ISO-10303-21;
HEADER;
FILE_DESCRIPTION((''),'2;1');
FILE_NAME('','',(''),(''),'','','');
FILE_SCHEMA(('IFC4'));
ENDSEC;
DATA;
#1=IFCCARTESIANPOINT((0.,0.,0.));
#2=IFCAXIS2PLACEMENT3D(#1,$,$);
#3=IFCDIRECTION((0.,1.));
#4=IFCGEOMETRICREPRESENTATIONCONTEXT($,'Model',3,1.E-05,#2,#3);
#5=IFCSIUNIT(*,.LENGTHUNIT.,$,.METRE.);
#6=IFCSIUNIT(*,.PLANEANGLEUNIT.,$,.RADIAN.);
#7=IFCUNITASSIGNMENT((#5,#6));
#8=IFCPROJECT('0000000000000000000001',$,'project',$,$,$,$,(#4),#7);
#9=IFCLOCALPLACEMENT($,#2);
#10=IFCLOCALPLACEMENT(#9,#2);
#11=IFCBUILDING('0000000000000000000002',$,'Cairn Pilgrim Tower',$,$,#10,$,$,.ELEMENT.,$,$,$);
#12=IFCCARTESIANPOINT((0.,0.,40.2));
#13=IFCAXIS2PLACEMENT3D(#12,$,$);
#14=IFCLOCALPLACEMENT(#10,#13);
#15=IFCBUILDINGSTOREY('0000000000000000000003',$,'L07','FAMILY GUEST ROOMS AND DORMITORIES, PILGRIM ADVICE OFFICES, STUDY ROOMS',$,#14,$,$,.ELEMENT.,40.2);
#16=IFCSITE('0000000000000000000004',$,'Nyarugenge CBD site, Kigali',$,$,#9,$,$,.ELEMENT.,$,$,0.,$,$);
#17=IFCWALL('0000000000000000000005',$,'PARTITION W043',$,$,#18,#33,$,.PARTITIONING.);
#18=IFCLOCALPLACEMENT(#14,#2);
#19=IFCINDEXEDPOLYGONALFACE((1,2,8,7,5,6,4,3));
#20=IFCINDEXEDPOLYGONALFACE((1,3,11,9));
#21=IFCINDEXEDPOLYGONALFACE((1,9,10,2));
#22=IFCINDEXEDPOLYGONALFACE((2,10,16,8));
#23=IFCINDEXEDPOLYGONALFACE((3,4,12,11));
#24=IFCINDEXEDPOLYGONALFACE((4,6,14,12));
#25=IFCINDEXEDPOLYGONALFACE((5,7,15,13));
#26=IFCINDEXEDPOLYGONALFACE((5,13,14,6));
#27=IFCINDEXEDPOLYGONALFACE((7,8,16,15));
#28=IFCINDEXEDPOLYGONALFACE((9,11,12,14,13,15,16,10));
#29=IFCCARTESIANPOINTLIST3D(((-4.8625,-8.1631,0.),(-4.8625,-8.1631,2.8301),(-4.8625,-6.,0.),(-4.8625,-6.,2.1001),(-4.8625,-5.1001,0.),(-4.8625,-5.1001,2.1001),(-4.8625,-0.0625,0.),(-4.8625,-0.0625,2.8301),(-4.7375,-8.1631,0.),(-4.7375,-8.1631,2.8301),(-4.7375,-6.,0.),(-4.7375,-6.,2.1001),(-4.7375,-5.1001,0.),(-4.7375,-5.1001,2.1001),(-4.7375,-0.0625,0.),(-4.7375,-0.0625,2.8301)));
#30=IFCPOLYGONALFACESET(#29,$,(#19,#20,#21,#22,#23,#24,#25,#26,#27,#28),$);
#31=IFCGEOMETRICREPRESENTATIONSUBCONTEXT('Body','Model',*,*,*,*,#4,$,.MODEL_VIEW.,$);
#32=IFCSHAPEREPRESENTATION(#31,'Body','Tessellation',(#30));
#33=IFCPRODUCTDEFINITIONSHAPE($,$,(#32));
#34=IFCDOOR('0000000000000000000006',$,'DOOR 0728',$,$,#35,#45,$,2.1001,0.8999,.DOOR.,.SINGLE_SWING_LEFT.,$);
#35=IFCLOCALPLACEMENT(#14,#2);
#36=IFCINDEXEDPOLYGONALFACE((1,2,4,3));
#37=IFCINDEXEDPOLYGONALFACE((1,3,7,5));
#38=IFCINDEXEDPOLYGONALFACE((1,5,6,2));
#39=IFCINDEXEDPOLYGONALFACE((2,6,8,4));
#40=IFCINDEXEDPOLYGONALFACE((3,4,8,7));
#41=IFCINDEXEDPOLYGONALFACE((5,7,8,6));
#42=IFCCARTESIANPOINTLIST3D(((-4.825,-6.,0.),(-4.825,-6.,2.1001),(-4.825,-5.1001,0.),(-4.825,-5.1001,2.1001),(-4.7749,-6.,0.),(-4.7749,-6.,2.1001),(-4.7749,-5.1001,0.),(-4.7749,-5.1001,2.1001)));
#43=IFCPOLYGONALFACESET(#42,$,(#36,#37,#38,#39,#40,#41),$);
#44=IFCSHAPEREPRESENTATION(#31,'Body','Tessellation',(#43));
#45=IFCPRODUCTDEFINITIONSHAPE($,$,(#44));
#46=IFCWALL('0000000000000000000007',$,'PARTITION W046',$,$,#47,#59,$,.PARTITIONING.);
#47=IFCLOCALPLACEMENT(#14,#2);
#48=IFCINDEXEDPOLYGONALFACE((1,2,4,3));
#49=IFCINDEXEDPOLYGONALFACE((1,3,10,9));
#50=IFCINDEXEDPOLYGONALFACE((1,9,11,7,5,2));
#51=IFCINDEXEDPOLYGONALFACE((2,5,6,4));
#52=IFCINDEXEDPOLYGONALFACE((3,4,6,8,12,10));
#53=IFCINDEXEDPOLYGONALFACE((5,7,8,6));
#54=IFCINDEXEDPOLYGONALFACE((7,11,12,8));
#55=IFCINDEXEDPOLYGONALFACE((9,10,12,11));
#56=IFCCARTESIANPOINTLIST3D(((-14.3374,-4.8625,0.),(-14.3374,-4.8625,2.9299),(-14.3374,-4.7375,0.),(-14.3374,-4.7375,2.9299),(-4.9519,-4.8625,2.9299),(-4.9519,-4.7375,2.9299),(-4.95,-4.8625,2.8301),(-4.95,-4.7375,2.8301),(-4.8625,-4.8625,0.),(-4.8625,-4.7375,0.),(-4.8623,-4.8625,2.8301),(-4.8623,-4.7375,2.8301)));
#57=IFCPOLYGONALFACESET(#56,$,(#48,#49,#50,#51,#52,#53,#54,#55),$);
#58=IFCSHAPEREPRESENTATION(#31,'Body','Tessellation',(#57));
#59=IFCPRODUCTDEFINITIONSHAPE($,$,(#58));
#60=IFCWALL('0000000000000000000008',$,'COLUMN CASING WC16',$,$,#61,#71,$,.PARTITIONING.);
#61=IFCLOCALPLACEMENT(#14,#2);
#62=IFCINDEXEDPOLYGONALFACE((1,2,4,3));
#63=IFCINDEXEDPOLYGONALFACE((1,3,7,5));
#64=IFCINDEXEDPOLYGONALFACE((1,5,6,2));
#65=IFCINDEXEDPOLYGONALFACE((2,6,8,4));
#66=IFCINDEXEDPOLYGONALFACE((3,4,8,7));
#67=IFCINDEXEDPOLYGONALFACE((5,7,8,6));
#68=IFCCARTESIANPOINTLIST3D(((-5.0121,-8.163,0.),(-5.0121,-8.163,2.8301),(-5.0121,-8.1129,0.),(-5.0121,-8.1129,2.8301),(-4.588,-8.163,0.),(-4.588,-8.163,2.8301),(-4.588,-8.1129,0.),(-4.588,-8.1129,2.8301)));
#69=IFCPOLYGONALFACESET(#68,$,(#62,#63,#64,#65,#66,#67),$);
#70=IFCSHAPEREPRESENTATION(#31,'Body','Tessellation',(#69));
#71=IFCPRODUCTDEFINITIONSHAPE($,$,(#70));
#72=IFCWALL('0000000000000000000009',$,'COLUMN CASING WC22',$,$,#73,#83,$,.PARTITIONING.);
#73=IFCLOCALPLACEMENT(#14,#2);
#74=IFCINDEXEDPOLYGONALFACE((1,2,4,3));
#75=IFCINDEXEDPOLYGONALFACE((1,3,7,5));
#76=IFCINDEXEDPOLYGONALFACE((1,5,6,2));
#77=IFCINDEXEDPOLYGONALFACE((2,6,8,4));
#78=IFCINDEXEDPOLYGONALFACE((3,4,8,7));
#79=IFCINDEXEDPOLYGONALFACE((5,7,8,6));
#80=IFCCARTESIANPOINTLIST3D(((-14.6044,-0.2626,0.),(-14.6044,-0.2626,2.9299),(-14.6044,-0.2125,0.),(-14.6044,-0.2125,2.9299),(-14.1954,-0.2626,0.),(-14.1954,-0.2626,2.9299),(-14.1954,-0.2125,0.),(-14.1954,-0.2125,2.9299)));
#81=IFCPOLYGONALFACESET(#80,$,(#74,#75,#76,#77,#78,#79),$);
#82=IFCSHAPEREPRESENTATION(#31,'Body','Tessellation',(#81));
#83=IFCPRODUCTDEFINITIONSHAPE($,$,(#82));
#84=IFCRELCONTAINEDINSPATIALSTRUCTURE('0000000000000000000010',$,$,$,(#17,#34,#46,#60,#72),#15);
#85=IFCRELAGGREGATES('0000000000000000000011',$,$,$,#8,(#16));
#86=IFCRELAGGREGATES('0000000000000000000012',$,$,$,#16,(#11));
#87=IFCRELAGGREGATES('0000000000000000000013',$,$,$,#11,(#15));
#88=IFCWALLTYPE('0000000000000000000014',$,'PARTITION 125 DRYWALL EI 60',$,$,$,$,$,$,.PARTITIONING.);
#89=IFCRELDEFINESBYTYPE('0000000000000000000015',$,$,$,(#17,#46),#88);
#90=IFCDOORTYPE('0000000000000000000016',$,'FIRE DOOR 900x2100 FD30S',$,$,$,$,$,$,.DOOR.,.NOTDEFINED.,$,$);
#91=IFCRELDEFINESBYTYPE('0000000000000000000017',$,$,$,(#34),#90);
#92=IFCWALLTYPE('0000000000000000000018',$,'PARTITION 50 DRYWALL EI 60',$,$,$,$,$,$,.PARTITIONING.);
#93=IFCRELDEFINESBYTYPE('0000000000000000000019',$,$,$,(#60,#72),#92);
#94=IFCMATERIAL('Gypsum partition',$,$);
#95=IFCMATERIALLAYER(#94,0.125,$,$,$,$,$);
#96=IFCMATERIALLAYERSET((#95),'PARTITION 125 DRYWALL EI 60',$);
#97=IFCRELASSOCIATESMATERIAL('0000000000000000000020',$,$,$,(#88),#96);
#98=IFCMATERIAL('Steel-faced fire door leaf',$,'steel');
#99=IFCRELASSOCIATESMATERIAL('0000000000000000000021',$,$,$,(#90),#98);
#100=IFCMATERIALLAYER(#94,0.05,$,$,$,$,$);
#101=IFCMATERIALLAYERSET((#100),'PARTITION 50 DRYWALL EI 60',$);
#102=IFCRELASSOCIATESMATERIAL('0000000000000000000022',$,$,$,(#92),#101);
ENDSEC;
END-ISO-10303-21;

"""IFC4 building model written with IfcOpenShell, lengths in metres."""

from ifc_helpers import new_model, si_unit, direction, frame, frame_2d, origin, place, context, subcontext, project, spatial, polyline, rectangle, outline, extrude, material, layer, layer_set, type_object, element, fill, save


model = new_model("IFC4")

# Units and contexts
model_context = context("Model", 3, precision=1e-05, world=origin(), true_north=direction((0.0, 1.0)))
body_context = subcontext(model_context, "Body", "Model", "MODEL_VIEW")
ifc_project = project(units=[si_unit("LENGTHUNIT", "METRE"), si_unit("PLANEANGLEUNIT", "RADIAN")], contexts=[model_context])

# Site, building, storey
site_placement = place(None, origin())
site = spatial("IfcSite", under=ifc_project, at=site_placement, Name="Nyarugenge CBD site, Kigali", CompositionType="ELEMENT", RefElevation=0.0)
building_placement = place(site_placement, origin())
building = spatial("IfcBuilding", under=site, at=building_placement, Name="Cairn Pilgrim Tower", CompositionType="ELEMENT")
storey_placement = place(building_placement, frame((0.0, 0.0, 40.2)))
storey = spatial("IfcBuildingStorey", under=building, at=storey_placement, Name="L07", Description="FAMILY GUEST ROOMS AND DORMITORIES, PILGRIM ADVICE OFFICES, STUDY ROOMS", CompositionType="ELEMENT", Elevation=40.2)

# Wall, opening, door
ifc_material_1 = material(Name="Gypsum partition")
ifc_layer_1 = layer(ifc_material_1, 0.125)
ifc_layer_set_1 = layer_set([ifc_layer_1], Name="PARTITION 125 DRYWALL EI 60")
wall_type_1 = type_object("IfcWallType", Name="PARTITION 125 DRYWALL EI 60", PredefinedType="PARTITIONING", material=ifc_layer_set_1)
ifc_material_2 = material(Name="Steel-faced fire door leaf", Category="steel")
wall_1_placement = place(storey_placement, frame((-4.8, -8.1631, 0.0), z_axis=(0.0, 0.0, 1.0), x_axis=(0.0, 1.0, 0.0)))
wall_1 = element("IfcWall", 1, at=wall_1_placement, inside=storey, type_object=wall_type_1, Name="PARTITION W043", PredefinedType="PARTITIONING", context=body_context, shape_type="SweptSolid", body=[
    extrude(rectangle(XDim=8.1006, YDim=0.125, at=frame_2d((4.0503, 0.0))), origin(), (0.0, 0.0, 1.0), 2.8301),
])
opening_1_placement = place(wall_1_placement, frame((2.1631, 0.0, 0.0)))
opening_1 = element("IfcOpeningElement", 2, at=opening_1_placement, cuts=wall_1, PredefinedType="OPENING", context=body_context, shape_type="SweptSolid", body=[
    extrude(rectangle(XDim=0.8999, YDim=2.1001, at=frame_2d((0.45, 1.05))), frame((0.0, 0.0725, 0.0), z_axis=(0.0, -1.0, 0.0), x_axis=(1.0, 0.0, 0.0)), (0.0, 0.0, 1.0), 0.145),
])
door_type_1 = type_object("IfcDoorType", Name="FIRE DOOR 900x2100 FD30S", OperationType="NOTDEFINED", PredefinedType="DOOR", material=ifc_material_2)
door_1_placement = place(opening_1_placement, origin())
door_1 = element("IfcDoor", 3, at=door_1_placement, inside=storey, type_object=door_type_1, Name="DOOR 0728", OperationType="SINGLE_SWING_LEFT", OverallHeight=2.1001, OverallWidth=0.8999, PredefinedType="DOOR", context=body_context, shape_type="SweptSolid", body=[
    extrude(rectangle(XDim=0.8999, YDim=2.1001, at=frame_2d((0.45, 1.05))), frame((0.0, 0.0249, 0.0), z_axis=(0.0, -1.0, 0.0), x_axis=(1.0, 0.0, 0.0)), (0.0, 0.0, 1.0), 0.05),
])
fill(opening_1, door_1)

# Walls
wall_2_placement = place(storey_placement, frame((-14.3374, -4.8, 0.0), z_axis=(0.0, 0.0, 1.0), x_axis=(1.0, 0.0, 0.0)))
element("IfcWall", 4, at=wall_2_placement, inside=storey, type_object=wall_type_1, Name="PARTITION W046", PredefinedType="PARTITIONING", context=body_context, shape_type="SweptSolid", body=[
    extrude(outline(polyline([(0.0, 0.0), (9.4749, 0.0), (9.4751, 2.8301), (9.3875, 2.8301), (9.3855, 2.9299), (0.0, 2.9299), (0.0, 0.0)])), frame((0.0, 0.0625, 0.0), z_axis=(0.0, -1.0, 0.0), x_axis=(1.0, 0.0, 0.0)), (0.0, 0.0, 1.0), 0.125),
])
ifc_layer_2 = layer(ifc_material_1, 0.05)
ifc_layer_set_2 = layer_set([ifc_layer_2], Name="PARTITION 50 DRYWALL EI 60")
wall_type_2 = type_object("IfcWallType", Name="PARTITION 50 DRYWALL EI 60", PredefinedType="PARTITIONING", material=ifc_layer_set_2)
wall_3_placement = place(storey_placement, frame((-5.012, -8.1379, 0.0), z_axis=(0.0, 0.0, 1.0), x_axis=(1.0, 0.0, 0.0)))
element("IfcWall", 5, at=wall_3_placement, inside=storey, type_object=wall_type_2, Name="COLUMN CASING WC16", PredefinedType="PARTITIONING", context=body_context, shape_type="SweptSolid", body=[
    extrude(rectangle(XDim=0.4241, YDim=0.05, at=frame_2d((0.2119, 0.0))), origin(), (0.0, 0.0, 1.0), 2.8301),
])
wall_4_placement = place(storey_placement, frame((-14.6045, -0.2375, 0.0), z_axis=(0.0, 0.0, 1.0), x_axis=(1.0, 0.0, 0.0)))
element("IfcWall", 6, at=wall_4_placement, inside=storey, type_object=wall_type_2, Name="COLUMN CASING WC22", PredefinedType="PARTITIONING", context=body_context, shape_type="SweptSolid", body=[
    extrude(rectangle(XDim=0.4089, YDim=0.05, at=frame_2d((0.2046, 0.0))), origin(), (0.0, 0.0, 1.0), 2.9299),
])

save(model, "model.ifc")
